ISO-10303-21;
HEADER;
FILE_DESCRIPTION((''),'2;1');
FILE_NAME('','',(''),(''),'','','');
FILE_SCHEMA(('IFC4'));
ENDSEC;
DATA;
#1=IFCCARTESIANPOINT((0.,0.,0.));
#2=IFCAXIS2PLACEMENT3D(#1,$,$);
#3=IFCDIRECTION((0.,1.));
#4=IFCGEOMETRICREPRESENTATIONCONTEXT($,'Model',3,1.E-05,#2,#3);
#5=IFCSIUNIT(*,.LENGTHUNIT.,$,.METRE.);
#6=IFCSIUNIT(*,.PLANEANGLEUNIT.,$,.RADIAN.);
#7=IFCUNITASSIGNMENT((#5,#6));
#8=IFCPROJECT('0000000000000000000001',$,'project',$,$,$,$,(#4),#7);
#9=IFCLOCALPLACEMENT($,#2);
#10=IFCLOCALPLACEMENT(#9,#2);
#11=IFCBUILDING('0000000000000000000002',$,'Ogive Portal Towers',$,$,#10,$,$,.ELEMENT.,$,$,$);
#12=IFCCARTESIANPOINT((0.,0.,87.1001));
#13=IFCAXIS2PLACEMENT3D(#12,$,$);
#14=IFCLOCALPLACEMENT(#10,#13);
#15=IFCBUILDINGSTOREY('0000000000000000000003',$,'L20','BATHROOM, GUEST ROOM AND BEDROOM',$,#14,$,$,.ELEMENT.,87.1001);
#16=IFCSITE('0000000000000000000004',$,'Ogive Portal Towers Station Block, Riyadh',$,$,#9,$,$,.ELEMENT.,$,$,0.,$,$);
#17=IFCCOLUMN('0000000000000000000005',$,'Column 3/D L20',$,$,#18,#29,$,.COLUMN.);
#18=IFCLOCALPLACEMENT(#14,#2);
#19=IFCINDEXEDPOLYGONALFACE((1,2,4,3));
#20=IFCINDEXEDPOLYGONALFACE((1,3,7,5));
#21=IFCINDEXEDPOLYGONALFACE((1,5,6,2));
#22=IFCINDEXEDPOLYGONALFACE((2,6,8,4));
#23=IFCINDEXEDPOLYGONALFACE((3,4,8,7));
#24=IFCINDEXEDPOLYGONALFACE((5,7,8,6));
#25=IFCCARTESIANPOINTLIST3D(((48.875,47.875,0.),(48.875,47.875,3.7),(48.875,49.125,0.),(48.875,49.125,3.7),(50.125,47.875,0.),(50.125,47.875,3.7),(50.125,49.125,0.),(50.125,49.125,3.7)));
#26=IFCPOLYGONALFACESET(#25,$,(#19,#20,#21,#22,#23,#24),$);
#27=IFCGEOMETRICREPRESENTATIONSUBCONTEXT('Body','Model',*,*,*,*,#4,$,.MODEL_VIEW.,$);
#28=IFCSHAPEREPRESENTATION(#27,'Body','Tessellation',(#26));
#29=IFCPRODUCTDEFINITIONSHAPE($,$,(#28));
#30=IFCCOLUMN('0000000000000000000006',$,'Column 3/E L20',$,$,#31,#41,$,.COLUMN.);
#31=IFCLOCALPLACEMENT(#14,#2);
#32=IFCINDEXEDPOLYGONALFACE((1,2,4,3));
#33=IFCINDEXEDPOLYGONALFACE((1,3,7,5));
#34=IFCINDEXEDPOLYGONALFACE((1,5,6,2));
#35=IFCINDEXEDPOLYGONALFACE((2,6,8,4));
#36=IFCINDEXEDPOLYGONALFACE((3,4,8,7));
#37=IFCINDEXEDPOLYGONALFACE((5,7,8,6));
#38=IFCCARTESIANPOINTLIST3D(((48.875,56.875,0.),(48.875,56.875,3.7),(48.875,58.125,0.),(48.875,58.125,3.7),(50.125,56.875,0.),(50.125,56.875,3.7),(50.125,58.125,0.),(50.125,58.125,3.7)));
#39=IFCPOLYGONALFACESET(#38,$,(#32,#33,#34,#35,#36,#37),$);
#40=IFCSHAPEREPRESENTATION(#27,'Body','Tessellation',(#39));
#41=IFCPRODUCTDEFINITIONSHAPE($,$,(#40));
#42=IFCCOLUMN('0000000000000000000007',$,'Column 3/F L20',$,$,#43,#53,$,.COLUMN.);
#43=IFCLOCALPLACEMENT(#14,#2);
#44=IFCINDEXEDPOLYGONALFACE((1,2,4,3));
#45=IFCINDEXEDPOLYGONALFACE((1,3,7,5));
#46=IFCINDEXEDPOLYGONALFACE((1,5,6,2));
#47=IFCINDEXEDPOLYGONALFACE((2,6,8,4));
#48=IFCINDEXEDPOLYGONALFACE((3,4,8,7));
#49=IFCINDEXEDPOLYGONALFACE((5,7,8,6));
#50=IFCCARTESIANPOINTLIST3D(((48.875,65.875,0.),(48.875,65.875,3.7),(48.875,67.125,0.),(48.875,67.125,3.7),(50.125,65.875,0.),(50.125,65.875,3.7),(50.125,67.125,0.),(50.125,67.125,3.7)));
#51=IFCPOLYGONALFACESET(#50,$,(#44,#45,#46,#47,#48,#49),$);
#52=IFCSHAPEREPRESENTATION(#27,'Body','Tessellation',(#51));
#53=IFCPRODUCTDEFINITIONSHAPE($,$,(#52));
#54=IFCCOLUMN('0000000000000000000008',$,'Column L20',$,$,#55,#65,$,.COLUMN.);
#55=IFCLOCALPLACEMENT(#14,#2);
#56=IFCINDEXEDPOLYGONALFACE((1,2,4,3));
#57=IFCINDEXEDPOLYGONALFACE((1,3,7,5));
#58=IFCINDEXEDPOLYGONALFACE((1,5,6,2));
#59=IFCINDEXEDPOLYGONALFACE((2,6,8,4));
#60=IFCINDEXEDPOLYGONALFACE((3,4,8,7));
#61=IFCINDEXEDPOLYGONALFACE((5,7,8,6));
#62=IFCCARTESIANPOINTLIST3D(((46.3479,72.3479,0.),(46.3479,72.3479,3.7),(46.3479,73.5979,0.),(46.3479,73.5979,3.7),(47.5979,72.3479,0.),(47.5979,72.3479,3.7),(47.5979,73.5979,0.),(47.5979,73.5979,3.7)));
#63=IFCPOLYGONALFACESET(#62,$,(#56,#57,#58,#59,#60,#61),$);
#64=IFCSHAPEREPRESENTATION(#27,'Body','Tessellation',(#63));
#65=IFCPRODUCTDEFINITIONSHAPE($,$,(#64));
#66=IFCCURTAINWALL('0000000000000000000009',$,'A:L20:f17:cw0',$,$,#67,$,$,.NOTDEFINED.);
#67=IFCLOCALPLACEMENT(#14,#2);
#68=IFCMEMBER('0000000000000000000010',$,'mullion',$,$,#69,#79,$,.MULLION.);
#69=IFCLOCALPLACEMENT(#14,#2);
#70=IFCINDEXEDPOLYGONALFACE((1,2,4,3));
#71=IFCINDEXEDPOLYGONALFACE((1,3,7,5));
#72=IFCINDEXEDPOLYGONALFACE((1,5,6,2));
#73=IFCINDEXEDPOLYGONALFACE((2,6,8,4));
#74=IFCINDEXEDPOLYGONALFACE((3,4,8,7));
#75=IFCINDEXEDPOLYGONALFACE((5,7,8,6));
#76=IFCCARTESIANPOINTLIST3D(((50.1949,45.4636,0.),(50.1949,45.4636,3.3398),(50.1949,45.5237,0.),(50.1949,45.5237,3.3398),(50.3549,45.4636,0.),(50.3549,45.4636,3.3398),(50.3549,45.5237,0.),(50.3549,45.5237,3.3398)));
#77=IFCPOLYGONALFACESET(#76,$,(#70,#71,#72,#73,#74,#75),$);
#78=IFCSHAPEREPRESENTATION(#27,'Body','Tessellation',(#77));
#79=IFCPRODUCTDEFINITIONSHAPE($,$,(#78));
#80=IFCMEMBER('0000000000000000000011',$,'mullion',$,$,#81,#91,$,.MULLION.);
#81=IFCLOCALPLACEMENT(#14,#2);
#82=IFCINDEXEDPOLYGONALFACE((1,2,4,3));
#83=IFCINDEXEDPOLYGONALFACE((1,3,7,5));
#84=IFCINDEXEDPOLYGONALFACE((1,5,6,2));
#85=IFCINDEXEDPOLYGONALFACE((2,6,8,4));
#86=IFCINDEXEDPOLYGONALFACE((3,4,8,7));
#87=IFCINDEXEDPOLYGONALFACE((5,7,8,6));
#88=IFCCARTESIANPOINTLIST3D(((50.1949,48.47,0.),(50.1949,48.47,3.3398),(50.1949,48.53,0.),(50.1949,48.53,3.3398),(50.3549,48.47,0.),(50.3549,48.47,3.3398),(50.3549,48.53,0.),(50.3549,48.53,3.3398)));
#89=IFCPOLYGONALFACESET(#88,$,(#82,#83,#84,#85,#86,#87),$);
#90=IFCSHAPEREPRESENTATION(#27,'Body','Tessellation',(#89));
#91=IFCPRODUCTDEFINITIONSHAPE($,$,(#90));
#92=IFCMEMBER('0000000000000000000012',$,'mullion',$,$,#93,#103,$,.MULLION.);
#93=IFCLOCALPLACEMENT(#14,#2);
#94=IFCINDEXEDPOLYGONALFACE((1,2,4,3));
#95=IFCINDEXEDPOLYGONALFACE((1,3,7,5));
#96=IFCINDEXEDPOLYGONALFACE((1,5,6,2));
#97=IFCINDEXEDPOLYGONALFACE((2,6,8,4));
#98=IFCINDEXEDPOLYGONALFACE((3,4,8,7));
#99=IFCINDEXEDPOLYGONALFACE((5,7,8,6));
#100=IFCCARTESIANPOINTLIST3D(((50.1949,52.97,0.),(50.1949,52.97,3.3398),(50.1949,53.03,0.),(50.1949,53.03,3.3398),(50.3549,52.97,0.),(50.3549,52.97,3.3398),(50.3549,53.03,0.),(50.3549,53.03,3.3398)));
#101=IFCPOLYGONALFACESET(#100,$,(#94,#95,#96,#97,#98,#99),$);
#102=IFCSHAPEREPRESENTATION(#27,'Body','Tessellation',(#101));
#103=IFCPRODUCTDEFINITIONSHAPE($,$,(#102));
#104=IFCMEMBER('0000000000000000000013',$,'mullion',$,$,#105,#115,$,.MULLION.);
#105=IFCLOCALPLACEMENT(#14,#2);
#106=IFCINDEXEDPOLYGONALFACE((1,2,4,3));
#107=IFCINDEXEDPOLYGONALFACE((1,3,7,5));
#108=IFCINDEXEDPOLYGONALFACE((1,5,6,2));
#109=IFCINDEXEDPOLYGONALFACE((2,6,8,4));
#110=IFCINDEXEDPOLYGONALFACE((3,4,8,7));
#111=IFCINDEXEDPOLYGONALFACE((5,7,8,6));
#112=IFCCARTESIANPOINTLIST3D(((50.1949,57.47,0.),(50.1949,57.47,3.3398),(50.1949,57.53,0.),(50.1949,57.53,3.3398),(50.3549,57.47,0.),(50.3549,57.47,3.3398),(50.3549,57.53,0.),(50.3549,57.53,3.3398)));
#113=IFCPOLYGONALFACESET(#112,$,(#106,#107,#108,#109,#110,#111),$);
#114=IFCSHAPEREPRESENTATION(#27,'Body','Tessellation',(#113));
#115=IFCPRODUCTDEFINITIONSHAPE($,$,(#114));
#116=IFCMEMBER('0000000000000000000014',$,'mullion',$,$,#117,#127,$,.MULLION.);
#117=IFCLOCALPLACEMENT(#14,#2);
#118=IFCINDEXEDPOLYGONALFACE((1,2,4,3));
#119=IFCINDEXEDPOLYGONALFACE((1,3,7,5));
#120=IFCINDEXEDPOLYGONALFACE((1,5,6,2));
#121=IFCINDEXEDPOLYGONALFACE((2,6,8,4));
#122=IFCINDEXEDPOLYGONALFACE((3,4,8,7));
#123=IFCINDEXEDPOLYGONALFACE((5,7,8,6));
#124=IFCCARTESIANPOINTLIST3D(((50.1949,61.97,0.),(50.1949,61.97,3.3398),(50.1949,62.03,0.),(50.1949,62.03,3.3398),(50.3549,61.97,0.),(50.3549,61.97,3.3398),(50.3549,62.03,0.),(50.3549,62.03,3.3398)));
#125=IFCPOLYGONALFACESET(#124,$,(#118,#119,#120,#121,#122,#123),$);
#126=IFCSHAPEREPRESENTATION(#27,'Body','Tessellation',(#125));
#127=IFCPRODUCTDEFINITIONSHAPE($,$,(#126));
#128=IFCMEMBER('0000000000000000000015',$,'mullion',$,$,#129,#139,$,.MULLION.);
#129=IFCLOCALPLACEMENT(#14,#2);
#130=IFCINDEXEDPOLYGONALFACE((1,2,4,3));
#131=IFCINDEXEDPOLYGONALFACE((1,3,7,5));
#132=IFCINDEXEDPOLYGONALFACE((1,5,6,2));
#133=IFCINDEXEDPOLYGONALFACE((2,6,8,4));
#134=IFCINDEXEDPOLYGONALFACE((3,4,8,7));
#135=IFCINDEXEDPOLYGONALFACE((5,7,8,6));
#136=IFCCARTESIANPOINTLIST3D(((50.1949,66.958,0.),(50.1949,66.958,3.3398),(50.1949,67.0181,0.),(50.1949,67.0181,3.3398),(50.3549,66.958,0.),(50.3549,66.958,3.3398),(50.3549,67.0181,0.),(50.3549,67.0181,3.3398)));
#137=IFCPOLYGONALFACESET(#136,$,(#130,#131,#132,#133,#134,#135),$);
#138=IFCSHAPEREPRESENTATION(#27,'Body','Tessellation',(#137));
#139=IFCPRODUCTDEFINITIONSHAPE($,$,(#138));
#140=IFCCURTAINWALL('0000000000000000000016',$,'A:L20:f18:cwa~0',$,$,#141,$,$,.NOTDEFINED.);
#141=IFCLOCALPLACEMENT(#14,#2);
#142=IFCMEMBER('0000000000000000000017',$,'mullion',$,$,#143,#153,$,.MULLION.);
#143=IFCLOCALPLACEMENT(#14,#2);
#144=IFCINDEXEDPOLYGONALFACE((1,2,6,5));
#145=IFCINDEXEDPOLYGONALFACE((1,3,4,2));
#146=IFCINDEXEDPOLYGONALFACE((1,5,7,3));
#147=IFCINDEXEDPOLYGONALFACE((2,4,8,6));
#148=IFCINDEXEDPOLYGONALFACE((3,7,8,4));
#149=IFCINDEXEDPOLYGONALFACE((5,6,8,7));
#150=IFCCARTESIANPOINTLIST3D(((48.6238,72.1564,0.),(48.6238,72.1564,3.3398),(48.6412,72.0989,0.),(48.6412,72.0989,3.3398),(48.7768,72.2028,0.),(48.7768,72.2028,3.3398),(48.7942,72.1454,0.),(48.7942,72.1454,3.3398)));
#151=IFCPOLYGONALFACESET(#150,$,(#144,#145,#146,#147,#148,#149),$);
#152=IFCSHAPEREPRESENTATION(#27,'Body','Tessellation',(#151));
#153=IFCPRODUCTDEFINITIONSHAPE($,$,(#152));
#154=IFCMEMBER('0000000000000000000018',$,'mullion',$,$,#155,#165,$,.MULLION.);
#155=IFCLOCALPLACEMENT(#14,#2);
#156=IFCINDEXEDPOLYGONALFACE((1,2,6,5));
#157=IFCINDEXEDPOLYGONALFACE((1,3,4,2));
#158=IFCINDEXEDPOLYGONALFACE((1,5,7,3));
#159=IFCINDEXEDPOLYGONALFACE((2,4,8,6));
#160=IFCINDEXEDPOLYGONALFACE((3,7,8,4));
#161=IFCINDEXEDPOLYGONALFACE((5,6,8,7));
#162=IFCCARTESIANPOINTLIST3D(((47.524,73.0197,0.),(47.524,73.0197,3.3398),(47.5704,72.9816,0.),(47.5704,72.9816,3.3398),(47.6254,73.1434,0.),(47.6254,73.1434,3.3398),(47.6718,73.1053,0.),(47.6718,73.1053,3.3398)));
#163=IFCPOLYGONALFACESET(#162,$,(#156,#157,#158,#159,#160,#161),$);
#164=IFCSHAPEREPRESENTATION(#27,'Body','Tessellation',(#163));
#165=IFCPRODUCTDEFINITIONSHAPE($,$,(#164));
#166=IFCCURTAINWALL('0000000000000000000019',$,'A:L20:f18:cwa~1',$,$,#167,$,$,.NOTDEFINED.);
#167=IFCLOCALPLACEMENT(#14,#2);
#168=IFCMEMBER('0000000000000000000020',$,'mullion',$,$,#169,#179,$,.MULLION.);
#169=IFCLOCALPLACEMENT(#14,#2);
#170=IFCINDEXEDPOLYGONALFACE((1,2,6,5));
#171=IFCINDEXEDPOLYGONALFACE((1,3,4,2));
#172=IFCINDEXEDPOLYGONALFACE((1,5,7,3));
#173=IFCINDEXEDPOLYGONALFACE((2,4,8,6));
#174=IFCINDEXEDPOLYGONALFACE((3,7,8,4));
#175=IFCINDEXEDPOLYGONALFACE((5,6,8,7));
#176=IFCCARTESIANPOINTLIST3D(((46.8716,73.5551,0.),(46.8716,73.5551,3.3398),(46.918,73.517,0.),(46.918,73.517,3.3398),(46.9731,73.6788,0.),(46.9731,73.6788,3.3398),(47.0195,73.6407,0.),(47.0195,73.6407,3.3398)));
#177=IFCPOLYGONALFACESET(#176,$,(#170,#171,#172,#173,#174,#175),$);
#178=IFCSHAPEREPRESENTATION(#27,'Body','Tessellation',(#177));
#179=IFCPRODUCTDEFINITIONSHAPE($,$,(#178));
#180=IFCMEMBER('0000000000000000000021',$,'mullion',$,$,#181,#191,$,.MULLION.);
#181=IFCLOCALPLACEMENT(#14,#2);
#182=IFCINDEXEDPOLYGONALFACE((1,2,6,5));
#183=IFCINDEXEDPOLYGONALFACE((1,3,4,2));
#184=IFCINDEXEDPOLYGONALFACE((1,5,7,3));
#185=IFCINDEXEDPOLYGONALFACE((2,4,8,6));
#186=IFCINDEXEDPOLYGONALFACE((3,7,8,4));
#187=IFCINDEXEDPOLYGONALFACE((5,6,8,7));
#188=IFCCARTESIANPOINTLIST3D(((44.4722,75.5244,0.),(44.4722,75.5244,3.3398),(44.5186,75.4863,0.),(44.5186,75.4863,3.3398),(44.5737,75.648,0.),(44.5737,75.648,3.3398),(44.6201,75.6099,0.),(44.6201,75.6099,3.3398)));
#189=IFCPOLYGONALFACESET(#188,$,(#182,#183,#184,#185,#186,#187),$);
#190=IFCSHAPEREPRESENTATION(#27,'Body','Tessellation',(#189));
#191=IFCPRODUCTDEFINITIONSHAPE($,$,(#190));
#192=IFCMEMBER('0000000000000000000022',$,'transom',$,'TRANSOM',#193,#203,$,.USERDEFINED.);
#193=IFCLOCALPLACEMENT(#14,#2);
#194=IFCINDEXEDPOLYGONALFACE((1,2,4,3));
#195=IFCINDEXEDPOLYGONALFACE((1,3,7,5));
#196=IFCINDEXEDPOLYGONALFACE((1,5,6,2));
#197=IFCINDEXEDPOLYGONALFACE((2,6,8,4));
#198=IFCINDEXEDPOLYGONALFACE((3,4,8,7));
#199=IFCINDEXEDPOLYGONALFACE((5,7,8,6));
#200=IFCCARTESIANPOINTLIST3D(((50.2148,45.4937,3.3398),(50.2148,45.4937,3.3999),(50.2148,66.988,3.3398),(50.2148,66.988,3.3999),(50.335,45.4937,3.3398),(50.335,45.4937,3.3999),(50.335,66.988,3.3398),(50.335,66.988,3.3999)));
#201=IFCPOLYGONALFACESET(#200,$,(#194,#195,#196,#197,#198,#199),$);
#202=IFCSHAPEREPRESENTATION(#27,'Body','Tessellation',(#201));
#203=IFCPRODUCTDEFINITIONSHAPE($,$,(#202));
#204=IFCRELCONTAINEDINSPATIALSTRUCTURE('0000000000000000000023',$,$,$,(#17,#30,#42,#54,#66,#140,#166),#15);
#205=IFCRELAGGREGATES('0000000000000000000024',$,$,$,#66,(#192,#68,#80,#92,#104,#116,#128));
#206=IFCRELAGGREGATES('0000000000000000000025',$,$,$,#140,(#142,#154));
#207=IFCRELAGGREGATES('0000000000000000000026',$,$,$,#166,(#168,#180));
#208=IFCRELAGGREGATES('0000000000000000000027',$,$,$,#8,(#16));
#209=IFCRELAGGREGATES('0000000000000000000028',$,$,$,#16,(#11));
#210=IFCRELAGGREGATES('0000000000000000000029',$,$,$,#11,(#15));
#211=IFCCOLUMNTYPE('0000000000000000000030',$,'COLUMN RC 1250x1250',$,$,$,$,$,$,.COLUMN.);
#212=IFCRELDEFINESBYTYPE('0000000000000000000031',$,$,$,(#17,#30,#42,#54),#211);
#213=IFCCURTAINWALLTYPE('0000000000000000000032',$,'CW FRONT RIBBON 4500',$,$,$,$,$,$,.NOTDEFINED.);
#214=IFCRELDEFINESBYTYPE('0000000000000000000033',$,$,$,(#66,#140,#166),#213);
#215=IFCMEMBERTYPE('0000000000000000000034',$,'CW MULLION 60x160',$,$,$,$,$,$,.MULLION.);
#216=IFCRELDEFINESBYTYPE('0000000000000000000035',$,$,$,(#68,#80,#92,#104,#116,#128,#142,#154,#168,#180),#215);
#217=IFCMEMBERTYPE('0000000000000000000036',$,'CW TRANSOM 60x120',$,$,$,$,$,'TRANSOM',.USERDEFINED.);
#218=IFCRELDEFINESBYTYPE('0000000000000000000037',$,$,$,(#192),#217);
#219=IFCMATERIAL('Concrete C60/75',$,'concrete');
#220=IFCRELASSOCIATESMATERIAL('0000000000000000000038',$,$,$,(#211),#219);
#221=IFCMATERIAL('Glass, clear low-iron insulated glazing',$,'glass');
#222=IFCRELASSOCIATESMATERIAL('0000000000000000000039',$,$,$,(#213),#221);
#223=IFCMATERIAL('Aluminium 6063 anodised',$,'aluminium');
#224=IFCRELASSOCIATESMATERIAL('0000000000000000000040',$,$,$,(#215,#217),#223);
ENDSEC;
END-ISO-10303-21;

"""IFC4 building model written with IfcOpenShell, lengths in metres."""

from ifc_helpers import new_model, si_unit, direction, frame, origin, origin_2d, place, context, subcontext, project, spatial, rectangle, extrude, material, material_profile, profile_set, type_object, element, aggregate, save


model = new_model("IFC4")

# Units and contexts
model_context = context("Model", 3, precision=1e-05, world=origin(), true_north=direction((0.0, 1.0)))
body_context = subcontext(model_context, "Body", "Model", "MODEL_VIEW")
ifc_project = project(units=[si_unit("LENGTHUNIT", "METRE"), si_unit("PLANEANGLEUNIT", "RADIAN")], contexts=[model_context])

# Site, building, storey
site_placement = place(None, origin())
site = spatial("IfcSite", under=ifc_project, at=site_placement, Name="Ogive Portal Towers Station Block, Riyadh", CompositionType="ELEMENT", RefElevation=0.0)
building_placement = place(site_placement, origin())
building = spatial("IfcBuilding", under=site, at=building_placement, Name="Ogive Portal Towers", CompositionType="ELEMENT")
storey_placement = place(building_placement, frame((0.0, 0.0, 87.1001)))
storey = spatial("IfcBuildingStorey", under=building, at=storey_placement, Name="L20", Description="BATHROOM, GUEST ROOM AND BEDROOM", CompositionType="ELEMENT", Elevation=87.1001)

# Columns
ifc_material_1 = material(Name="Concrete C60/75", Category="concrete")
ifc_material_profile_1 = material_profile(ifc_material_1, rectangle(XDim=1.25, YDim=1.25, at=origin_2d()), Name="RC 1250x1250")
ifc_profile_set_1 = profile_set([ifc_material_profile_1], Name="Concrete C60/75")
column_type = type_object("IfcColumnType", Name="COLUMN RC 1250x1250", PredefinedType="COLUMN", material=ifc_profile_set_1)
for number, where, z_axis, x_axis, name in (
    (1, (49.5, 48.5, 0.0), (0.0, 0.0, 1.0), (1.0, 0.0, 0.0), "Column 3/D L20"),
    (2, (49.5, 57.5, 0.0), (0.0, 0.0, 1.0), (1.0, 0.0, 0.0), "Column 3/E L20"),
    (3, (49.5, 66.5, 0.0), (0.0, 0.0, 1.0), (1.0, 0.0, 0.0), "Column 3/F L20"),
    (4, (46.9729, 72.9729, 0.0), (0.0, 0.0, 1.0), (1.0, 0.0, 0.0), "Column L20"),
):
    element("IfcColumn", number, at=place(storey_placement, frame(where, z_axis=z_axis, x_axis=x_axis)), inside=storey, type_object=column_type, Name=name, PredefinedType="COLUMN", context=body_context, shape_type="SweptSolid", body=[
        extrude(rectangle(XDim=1.25, YDim=1.25, at=origin_2d()), origin(), (0.0, 0.0, 1.0), 3.7),
    ])

# Curtain walls, members
ifc_material_2 = material(Name="Glass, clear low-iron insulated glazing", Category="glass")
curtain_wall_type = type_object("IfcCurtainWallType", Name="CW FRONT RIBBON 4500", PredefinedType="NOTDEFINED", material=ifc_material_2)
curtain_wall_1_placement = place(storey_placement, origin())
curtain_wall_1 = element("IfcCurtainWall", 5, at=curtain_wall_1_placement, inside=storey, type_object=curtain_wall_type, Name="A:L20:f17:cw0", PredefinedType="NOTDEFINED")
ifc_material_3 = material(Name="Aluminium 6063 anodised", Category="aluminium")
ifc_material_profile_2 = material_profile(ifc_material_3, rectangle(XDim=0.1599, YDim=0.0601, at=origin_2d()), Name="AL 60x160")
ifc_profile_set_2 = profile_set([ifc_material_profile_2], Name="Aluminium 6063 anodised")
member_type_1 = type_object("IfcMemberType", Name="CW MULLION 60x160", PredefinedType="MULLION", material=ifc_profile_set_2)
member_1_placement = place(storey_placement, frame((50.2749, 45.4937, 0.0), z_axis=(0.0, 0.0, 1.0), x_axis=(-1.0, 0.0, 0.0)))
member_1 = element("IfcMember", 6, at=member_1_placement, type_object=member_type_1, Name="mullion", PredefinedType="MULLION", context=body_context, shape_type="SweptSolid", body=[
    extrude(rectangle(XDim=0.1599, YDim=0.0601, at=origin_2d()), origin(), (0.0, 0.0, 1.0), 3.3398),
])
member_2_placement = place(storey_placement, frame((50.2749, 48.5, 0.0), z_axis=(0.0, 0.0, 1.0), x_axis=(-1.0, 0.0, 0.0)))
member_2 = element("IfcMember", 7, at=member_2_placement, type_object=member_type_1, Name="mullion", PredefinedType="MULLION", context=body_context, shape_type="SweptSolid", body=[
    extrude(rectangle(XDim=0.1599, YDim=0.0601, at=origin_2d()), origin(), (0.0, 0.0, 1.0), 3.3398),
])
member_3_placement = place(storey_placement, frame((50.2749, 53.0, 0.0), z_axis=(0.0, 0.0, 1.0), x_axis=(-1.0, 0.0, 0.0)))
member_3 = element("IfcMember", 8, at=member_3_placement, type_object=member_type_1, Name="mullion", PredefinedType="MULLION", context=body_context, shape_type="SweptSolid", body=[
    extrude(rectangle(XDim=0.1599, YDim=0.0601, at=origin_2d()), origin(), (0.0, 0.0, 1.0), 3.3398),
])
member_4_placement = place(storey_placement, frame((50.2749, 57.5, 0.0), z_axis=(0.0, 0.0, 1.0), x_axis=(-1.0, 0.0, 0.0)))
member_4 = element("IfcMember", 9, at=member_4_placement, type_object=member_type_1, Name="mullion", PredefinedType="MULLION", context=body_context, shape_type="SweptSolid", body=[
    extrude(rectangle(XDim=0.1599, YDim=0.0601, at=origin_2d()), origin(), (0.0, 0.0, 1.0), 3.3398),
])
member_5_placement = place(storey_placement, frame((50.2749, 62.0, 0.0), z_axis=(0.0, 0.0, 1.0), x_axis=(-1.0, 0.0, 0.0)))
member_5 = element("IfcMember", 10, at=member_5_placement, type_object=member_type_1, Name="mullion", PredefinedType="MULLION", context=body_context, shape_type="SweptSolid", body=[
    extrude(rectangle(XDim=0.1599, YDim=0.0601, at=origin_2d()), origin(), (0.0, 0.0, 1.0), 3.3398),
])
member_6_placement = place(storey_placement, frame((50.2749, 66.988, 0.0), z_axis=(0.0, 0.0, 1.0), x_axis=(-1.0, 0.0, 0.0)))
member_6 = element("IfcMember", 11, at=member_6_placement, type_object=member_type_1, Name="mullion", PredefinedType="MULLION", context=body_context, shape_type="SweptSolid", body=[
    extrude(rectangle(XDim=0.1599, YDim=0.0601, at=origin_2d()), origin(), (0.0, 0.0, 1.0), 3.3398),
])
curtain_wall_2_placement = place(storey_placement, origin())
curtain_wall_2 = element("IfcCurtainWall", 12, at=curtain_wall_2_placement, inside=storey, type_object=curtain_wall_type, Name="A:L20:f18:cwa~0", PredefinedType="NOTDEFINED")
member_7_placement = place(storey_placement, frame((48.709, 72.1509, 0.0), z_axis=(0.0, 0.0, 1.0), x_axis=(-0.95694, -0.290285, 0.0)))
member_7 = element("IfcMember", 13, at=member_7_placement, type_object=member_type_1, Name="mullion", PredefinedType="MULLION", context=body_context, shape_type="SweptSolid", body=[
    extrude(rectangle(XDim=0.1599, YDim=0.0601, at=origin_2d()), origin(), (0.0, 0.0, 1.0), 3.3398),
])
member_8_placement = place(storey_placement, frame((47.5979, 73.0625, 0.0), z_axis=(0.0, 0.0, 1.0), x_axis=(-0.634393, -0.77301, 0.0)))
member_8 = element("IfcMember", 14, at=member_8_placement, type_object=member_type_1, Name="mullion", PredefinedType="MULLION", context=body_context, shape_type="SweptSolid", body=[
    extrude(rectangle(XDim=0.1599, YDim=0.0601, at=origin_2d()), origin(), (0.0, 0.0, 1.0), 3.3398),
])
curtain_wall_3_placement = place(storey_placement, origin())
curtain_wall_3 = element("IfcCurtainWall", 15, at=curtain_wall_3_placement, inside=storey, type_object=curtain_wall_type, Name="A:L20:f18:cwa~1", PredefinedType="NOTDEFINED")
member_9_placement = place(storey_placement, frame((46.9456, 73.5979, 0.0), z_axis=(0.0, 0.0, 1.0), x_axis=(-0.634393, -0.77301, 0.0)))
member_9 = element("IfcMember", 16, at=member_9_placement, type_object=member_type_1, Name="mullion", PredefinedType="MULLION", context=body_context, shape_type="SweptSolid", body=[
    extrude(rectangle(XDim=0.1599, YDim=0.0601, at=origin_2d()), origin(), (0.0, 0.0, 1.0), 3.3398),
])
member_10_placement = place(storey_placement, frame((44.5461, 75.5671, 0.0), z_axis=(0.0, 0.0, 1.0), x_axis=(-0.634393, -0.77301, 0.0)))
member_10 = element("IfcMember", 17, at=member_10_placement, type_object=member_type_1, Name="mullion", PredefinedType="MULLION", context=body_context, shape_type="SweptSolid", body=[
    extrude(rectangle(XDim=0.1599, YDim=0.0601, at=origin_2d()), origin(), (0.0, 0.0, 1.0), 3.3398),
])

# Member
ifc_material_profile_3 = material_profile(ifc_material_3, rectangle(XDim=0.1201, YDim=0.0601, at=origin_2d()), Name="AL 120x60")
ifc_profile_set_3 = profile_set([ifc_material_profile_3], Name="Aluminium 6063 anodised")
member_type_2 = type_object("IfcMemberType", Name="CW TRANSOM 60x120", ElementType="TRANSOM", PredefinedType="USERDEFINED", material=ifc_profile_set_3)
member_11_placement = place(storey_placement, frame((50.2749, 45.4937, 3.3699), z_axis=(0.0, 1.0, 0.0), x_axis=(-1.0, 0.0, 0.0)))
member_11 = element("IfcMember", 18, at=member_11_placement, type_object=member_type_2, Name="transom", ObjectType="TRANSOM", PredefinedType="USERDEFINED", context=body_context, shape_type="SweptSolid", body=[
    extrude(rectangle(XDim=0.1201, YDim=0.0601, at=origin_2d()), origin(), (0.0, 0.0, 1.0), 21.4944),
])

aggregate(curtain_wall_1, [member_11, member_1, member_2, member_3, member_4, member_5, member_6])
aggregate(curtain_wall_2, [member_7, member_8])
aggregate(curtain_wall_3, [member_9, member_10])

save(model, "model.ifc")
